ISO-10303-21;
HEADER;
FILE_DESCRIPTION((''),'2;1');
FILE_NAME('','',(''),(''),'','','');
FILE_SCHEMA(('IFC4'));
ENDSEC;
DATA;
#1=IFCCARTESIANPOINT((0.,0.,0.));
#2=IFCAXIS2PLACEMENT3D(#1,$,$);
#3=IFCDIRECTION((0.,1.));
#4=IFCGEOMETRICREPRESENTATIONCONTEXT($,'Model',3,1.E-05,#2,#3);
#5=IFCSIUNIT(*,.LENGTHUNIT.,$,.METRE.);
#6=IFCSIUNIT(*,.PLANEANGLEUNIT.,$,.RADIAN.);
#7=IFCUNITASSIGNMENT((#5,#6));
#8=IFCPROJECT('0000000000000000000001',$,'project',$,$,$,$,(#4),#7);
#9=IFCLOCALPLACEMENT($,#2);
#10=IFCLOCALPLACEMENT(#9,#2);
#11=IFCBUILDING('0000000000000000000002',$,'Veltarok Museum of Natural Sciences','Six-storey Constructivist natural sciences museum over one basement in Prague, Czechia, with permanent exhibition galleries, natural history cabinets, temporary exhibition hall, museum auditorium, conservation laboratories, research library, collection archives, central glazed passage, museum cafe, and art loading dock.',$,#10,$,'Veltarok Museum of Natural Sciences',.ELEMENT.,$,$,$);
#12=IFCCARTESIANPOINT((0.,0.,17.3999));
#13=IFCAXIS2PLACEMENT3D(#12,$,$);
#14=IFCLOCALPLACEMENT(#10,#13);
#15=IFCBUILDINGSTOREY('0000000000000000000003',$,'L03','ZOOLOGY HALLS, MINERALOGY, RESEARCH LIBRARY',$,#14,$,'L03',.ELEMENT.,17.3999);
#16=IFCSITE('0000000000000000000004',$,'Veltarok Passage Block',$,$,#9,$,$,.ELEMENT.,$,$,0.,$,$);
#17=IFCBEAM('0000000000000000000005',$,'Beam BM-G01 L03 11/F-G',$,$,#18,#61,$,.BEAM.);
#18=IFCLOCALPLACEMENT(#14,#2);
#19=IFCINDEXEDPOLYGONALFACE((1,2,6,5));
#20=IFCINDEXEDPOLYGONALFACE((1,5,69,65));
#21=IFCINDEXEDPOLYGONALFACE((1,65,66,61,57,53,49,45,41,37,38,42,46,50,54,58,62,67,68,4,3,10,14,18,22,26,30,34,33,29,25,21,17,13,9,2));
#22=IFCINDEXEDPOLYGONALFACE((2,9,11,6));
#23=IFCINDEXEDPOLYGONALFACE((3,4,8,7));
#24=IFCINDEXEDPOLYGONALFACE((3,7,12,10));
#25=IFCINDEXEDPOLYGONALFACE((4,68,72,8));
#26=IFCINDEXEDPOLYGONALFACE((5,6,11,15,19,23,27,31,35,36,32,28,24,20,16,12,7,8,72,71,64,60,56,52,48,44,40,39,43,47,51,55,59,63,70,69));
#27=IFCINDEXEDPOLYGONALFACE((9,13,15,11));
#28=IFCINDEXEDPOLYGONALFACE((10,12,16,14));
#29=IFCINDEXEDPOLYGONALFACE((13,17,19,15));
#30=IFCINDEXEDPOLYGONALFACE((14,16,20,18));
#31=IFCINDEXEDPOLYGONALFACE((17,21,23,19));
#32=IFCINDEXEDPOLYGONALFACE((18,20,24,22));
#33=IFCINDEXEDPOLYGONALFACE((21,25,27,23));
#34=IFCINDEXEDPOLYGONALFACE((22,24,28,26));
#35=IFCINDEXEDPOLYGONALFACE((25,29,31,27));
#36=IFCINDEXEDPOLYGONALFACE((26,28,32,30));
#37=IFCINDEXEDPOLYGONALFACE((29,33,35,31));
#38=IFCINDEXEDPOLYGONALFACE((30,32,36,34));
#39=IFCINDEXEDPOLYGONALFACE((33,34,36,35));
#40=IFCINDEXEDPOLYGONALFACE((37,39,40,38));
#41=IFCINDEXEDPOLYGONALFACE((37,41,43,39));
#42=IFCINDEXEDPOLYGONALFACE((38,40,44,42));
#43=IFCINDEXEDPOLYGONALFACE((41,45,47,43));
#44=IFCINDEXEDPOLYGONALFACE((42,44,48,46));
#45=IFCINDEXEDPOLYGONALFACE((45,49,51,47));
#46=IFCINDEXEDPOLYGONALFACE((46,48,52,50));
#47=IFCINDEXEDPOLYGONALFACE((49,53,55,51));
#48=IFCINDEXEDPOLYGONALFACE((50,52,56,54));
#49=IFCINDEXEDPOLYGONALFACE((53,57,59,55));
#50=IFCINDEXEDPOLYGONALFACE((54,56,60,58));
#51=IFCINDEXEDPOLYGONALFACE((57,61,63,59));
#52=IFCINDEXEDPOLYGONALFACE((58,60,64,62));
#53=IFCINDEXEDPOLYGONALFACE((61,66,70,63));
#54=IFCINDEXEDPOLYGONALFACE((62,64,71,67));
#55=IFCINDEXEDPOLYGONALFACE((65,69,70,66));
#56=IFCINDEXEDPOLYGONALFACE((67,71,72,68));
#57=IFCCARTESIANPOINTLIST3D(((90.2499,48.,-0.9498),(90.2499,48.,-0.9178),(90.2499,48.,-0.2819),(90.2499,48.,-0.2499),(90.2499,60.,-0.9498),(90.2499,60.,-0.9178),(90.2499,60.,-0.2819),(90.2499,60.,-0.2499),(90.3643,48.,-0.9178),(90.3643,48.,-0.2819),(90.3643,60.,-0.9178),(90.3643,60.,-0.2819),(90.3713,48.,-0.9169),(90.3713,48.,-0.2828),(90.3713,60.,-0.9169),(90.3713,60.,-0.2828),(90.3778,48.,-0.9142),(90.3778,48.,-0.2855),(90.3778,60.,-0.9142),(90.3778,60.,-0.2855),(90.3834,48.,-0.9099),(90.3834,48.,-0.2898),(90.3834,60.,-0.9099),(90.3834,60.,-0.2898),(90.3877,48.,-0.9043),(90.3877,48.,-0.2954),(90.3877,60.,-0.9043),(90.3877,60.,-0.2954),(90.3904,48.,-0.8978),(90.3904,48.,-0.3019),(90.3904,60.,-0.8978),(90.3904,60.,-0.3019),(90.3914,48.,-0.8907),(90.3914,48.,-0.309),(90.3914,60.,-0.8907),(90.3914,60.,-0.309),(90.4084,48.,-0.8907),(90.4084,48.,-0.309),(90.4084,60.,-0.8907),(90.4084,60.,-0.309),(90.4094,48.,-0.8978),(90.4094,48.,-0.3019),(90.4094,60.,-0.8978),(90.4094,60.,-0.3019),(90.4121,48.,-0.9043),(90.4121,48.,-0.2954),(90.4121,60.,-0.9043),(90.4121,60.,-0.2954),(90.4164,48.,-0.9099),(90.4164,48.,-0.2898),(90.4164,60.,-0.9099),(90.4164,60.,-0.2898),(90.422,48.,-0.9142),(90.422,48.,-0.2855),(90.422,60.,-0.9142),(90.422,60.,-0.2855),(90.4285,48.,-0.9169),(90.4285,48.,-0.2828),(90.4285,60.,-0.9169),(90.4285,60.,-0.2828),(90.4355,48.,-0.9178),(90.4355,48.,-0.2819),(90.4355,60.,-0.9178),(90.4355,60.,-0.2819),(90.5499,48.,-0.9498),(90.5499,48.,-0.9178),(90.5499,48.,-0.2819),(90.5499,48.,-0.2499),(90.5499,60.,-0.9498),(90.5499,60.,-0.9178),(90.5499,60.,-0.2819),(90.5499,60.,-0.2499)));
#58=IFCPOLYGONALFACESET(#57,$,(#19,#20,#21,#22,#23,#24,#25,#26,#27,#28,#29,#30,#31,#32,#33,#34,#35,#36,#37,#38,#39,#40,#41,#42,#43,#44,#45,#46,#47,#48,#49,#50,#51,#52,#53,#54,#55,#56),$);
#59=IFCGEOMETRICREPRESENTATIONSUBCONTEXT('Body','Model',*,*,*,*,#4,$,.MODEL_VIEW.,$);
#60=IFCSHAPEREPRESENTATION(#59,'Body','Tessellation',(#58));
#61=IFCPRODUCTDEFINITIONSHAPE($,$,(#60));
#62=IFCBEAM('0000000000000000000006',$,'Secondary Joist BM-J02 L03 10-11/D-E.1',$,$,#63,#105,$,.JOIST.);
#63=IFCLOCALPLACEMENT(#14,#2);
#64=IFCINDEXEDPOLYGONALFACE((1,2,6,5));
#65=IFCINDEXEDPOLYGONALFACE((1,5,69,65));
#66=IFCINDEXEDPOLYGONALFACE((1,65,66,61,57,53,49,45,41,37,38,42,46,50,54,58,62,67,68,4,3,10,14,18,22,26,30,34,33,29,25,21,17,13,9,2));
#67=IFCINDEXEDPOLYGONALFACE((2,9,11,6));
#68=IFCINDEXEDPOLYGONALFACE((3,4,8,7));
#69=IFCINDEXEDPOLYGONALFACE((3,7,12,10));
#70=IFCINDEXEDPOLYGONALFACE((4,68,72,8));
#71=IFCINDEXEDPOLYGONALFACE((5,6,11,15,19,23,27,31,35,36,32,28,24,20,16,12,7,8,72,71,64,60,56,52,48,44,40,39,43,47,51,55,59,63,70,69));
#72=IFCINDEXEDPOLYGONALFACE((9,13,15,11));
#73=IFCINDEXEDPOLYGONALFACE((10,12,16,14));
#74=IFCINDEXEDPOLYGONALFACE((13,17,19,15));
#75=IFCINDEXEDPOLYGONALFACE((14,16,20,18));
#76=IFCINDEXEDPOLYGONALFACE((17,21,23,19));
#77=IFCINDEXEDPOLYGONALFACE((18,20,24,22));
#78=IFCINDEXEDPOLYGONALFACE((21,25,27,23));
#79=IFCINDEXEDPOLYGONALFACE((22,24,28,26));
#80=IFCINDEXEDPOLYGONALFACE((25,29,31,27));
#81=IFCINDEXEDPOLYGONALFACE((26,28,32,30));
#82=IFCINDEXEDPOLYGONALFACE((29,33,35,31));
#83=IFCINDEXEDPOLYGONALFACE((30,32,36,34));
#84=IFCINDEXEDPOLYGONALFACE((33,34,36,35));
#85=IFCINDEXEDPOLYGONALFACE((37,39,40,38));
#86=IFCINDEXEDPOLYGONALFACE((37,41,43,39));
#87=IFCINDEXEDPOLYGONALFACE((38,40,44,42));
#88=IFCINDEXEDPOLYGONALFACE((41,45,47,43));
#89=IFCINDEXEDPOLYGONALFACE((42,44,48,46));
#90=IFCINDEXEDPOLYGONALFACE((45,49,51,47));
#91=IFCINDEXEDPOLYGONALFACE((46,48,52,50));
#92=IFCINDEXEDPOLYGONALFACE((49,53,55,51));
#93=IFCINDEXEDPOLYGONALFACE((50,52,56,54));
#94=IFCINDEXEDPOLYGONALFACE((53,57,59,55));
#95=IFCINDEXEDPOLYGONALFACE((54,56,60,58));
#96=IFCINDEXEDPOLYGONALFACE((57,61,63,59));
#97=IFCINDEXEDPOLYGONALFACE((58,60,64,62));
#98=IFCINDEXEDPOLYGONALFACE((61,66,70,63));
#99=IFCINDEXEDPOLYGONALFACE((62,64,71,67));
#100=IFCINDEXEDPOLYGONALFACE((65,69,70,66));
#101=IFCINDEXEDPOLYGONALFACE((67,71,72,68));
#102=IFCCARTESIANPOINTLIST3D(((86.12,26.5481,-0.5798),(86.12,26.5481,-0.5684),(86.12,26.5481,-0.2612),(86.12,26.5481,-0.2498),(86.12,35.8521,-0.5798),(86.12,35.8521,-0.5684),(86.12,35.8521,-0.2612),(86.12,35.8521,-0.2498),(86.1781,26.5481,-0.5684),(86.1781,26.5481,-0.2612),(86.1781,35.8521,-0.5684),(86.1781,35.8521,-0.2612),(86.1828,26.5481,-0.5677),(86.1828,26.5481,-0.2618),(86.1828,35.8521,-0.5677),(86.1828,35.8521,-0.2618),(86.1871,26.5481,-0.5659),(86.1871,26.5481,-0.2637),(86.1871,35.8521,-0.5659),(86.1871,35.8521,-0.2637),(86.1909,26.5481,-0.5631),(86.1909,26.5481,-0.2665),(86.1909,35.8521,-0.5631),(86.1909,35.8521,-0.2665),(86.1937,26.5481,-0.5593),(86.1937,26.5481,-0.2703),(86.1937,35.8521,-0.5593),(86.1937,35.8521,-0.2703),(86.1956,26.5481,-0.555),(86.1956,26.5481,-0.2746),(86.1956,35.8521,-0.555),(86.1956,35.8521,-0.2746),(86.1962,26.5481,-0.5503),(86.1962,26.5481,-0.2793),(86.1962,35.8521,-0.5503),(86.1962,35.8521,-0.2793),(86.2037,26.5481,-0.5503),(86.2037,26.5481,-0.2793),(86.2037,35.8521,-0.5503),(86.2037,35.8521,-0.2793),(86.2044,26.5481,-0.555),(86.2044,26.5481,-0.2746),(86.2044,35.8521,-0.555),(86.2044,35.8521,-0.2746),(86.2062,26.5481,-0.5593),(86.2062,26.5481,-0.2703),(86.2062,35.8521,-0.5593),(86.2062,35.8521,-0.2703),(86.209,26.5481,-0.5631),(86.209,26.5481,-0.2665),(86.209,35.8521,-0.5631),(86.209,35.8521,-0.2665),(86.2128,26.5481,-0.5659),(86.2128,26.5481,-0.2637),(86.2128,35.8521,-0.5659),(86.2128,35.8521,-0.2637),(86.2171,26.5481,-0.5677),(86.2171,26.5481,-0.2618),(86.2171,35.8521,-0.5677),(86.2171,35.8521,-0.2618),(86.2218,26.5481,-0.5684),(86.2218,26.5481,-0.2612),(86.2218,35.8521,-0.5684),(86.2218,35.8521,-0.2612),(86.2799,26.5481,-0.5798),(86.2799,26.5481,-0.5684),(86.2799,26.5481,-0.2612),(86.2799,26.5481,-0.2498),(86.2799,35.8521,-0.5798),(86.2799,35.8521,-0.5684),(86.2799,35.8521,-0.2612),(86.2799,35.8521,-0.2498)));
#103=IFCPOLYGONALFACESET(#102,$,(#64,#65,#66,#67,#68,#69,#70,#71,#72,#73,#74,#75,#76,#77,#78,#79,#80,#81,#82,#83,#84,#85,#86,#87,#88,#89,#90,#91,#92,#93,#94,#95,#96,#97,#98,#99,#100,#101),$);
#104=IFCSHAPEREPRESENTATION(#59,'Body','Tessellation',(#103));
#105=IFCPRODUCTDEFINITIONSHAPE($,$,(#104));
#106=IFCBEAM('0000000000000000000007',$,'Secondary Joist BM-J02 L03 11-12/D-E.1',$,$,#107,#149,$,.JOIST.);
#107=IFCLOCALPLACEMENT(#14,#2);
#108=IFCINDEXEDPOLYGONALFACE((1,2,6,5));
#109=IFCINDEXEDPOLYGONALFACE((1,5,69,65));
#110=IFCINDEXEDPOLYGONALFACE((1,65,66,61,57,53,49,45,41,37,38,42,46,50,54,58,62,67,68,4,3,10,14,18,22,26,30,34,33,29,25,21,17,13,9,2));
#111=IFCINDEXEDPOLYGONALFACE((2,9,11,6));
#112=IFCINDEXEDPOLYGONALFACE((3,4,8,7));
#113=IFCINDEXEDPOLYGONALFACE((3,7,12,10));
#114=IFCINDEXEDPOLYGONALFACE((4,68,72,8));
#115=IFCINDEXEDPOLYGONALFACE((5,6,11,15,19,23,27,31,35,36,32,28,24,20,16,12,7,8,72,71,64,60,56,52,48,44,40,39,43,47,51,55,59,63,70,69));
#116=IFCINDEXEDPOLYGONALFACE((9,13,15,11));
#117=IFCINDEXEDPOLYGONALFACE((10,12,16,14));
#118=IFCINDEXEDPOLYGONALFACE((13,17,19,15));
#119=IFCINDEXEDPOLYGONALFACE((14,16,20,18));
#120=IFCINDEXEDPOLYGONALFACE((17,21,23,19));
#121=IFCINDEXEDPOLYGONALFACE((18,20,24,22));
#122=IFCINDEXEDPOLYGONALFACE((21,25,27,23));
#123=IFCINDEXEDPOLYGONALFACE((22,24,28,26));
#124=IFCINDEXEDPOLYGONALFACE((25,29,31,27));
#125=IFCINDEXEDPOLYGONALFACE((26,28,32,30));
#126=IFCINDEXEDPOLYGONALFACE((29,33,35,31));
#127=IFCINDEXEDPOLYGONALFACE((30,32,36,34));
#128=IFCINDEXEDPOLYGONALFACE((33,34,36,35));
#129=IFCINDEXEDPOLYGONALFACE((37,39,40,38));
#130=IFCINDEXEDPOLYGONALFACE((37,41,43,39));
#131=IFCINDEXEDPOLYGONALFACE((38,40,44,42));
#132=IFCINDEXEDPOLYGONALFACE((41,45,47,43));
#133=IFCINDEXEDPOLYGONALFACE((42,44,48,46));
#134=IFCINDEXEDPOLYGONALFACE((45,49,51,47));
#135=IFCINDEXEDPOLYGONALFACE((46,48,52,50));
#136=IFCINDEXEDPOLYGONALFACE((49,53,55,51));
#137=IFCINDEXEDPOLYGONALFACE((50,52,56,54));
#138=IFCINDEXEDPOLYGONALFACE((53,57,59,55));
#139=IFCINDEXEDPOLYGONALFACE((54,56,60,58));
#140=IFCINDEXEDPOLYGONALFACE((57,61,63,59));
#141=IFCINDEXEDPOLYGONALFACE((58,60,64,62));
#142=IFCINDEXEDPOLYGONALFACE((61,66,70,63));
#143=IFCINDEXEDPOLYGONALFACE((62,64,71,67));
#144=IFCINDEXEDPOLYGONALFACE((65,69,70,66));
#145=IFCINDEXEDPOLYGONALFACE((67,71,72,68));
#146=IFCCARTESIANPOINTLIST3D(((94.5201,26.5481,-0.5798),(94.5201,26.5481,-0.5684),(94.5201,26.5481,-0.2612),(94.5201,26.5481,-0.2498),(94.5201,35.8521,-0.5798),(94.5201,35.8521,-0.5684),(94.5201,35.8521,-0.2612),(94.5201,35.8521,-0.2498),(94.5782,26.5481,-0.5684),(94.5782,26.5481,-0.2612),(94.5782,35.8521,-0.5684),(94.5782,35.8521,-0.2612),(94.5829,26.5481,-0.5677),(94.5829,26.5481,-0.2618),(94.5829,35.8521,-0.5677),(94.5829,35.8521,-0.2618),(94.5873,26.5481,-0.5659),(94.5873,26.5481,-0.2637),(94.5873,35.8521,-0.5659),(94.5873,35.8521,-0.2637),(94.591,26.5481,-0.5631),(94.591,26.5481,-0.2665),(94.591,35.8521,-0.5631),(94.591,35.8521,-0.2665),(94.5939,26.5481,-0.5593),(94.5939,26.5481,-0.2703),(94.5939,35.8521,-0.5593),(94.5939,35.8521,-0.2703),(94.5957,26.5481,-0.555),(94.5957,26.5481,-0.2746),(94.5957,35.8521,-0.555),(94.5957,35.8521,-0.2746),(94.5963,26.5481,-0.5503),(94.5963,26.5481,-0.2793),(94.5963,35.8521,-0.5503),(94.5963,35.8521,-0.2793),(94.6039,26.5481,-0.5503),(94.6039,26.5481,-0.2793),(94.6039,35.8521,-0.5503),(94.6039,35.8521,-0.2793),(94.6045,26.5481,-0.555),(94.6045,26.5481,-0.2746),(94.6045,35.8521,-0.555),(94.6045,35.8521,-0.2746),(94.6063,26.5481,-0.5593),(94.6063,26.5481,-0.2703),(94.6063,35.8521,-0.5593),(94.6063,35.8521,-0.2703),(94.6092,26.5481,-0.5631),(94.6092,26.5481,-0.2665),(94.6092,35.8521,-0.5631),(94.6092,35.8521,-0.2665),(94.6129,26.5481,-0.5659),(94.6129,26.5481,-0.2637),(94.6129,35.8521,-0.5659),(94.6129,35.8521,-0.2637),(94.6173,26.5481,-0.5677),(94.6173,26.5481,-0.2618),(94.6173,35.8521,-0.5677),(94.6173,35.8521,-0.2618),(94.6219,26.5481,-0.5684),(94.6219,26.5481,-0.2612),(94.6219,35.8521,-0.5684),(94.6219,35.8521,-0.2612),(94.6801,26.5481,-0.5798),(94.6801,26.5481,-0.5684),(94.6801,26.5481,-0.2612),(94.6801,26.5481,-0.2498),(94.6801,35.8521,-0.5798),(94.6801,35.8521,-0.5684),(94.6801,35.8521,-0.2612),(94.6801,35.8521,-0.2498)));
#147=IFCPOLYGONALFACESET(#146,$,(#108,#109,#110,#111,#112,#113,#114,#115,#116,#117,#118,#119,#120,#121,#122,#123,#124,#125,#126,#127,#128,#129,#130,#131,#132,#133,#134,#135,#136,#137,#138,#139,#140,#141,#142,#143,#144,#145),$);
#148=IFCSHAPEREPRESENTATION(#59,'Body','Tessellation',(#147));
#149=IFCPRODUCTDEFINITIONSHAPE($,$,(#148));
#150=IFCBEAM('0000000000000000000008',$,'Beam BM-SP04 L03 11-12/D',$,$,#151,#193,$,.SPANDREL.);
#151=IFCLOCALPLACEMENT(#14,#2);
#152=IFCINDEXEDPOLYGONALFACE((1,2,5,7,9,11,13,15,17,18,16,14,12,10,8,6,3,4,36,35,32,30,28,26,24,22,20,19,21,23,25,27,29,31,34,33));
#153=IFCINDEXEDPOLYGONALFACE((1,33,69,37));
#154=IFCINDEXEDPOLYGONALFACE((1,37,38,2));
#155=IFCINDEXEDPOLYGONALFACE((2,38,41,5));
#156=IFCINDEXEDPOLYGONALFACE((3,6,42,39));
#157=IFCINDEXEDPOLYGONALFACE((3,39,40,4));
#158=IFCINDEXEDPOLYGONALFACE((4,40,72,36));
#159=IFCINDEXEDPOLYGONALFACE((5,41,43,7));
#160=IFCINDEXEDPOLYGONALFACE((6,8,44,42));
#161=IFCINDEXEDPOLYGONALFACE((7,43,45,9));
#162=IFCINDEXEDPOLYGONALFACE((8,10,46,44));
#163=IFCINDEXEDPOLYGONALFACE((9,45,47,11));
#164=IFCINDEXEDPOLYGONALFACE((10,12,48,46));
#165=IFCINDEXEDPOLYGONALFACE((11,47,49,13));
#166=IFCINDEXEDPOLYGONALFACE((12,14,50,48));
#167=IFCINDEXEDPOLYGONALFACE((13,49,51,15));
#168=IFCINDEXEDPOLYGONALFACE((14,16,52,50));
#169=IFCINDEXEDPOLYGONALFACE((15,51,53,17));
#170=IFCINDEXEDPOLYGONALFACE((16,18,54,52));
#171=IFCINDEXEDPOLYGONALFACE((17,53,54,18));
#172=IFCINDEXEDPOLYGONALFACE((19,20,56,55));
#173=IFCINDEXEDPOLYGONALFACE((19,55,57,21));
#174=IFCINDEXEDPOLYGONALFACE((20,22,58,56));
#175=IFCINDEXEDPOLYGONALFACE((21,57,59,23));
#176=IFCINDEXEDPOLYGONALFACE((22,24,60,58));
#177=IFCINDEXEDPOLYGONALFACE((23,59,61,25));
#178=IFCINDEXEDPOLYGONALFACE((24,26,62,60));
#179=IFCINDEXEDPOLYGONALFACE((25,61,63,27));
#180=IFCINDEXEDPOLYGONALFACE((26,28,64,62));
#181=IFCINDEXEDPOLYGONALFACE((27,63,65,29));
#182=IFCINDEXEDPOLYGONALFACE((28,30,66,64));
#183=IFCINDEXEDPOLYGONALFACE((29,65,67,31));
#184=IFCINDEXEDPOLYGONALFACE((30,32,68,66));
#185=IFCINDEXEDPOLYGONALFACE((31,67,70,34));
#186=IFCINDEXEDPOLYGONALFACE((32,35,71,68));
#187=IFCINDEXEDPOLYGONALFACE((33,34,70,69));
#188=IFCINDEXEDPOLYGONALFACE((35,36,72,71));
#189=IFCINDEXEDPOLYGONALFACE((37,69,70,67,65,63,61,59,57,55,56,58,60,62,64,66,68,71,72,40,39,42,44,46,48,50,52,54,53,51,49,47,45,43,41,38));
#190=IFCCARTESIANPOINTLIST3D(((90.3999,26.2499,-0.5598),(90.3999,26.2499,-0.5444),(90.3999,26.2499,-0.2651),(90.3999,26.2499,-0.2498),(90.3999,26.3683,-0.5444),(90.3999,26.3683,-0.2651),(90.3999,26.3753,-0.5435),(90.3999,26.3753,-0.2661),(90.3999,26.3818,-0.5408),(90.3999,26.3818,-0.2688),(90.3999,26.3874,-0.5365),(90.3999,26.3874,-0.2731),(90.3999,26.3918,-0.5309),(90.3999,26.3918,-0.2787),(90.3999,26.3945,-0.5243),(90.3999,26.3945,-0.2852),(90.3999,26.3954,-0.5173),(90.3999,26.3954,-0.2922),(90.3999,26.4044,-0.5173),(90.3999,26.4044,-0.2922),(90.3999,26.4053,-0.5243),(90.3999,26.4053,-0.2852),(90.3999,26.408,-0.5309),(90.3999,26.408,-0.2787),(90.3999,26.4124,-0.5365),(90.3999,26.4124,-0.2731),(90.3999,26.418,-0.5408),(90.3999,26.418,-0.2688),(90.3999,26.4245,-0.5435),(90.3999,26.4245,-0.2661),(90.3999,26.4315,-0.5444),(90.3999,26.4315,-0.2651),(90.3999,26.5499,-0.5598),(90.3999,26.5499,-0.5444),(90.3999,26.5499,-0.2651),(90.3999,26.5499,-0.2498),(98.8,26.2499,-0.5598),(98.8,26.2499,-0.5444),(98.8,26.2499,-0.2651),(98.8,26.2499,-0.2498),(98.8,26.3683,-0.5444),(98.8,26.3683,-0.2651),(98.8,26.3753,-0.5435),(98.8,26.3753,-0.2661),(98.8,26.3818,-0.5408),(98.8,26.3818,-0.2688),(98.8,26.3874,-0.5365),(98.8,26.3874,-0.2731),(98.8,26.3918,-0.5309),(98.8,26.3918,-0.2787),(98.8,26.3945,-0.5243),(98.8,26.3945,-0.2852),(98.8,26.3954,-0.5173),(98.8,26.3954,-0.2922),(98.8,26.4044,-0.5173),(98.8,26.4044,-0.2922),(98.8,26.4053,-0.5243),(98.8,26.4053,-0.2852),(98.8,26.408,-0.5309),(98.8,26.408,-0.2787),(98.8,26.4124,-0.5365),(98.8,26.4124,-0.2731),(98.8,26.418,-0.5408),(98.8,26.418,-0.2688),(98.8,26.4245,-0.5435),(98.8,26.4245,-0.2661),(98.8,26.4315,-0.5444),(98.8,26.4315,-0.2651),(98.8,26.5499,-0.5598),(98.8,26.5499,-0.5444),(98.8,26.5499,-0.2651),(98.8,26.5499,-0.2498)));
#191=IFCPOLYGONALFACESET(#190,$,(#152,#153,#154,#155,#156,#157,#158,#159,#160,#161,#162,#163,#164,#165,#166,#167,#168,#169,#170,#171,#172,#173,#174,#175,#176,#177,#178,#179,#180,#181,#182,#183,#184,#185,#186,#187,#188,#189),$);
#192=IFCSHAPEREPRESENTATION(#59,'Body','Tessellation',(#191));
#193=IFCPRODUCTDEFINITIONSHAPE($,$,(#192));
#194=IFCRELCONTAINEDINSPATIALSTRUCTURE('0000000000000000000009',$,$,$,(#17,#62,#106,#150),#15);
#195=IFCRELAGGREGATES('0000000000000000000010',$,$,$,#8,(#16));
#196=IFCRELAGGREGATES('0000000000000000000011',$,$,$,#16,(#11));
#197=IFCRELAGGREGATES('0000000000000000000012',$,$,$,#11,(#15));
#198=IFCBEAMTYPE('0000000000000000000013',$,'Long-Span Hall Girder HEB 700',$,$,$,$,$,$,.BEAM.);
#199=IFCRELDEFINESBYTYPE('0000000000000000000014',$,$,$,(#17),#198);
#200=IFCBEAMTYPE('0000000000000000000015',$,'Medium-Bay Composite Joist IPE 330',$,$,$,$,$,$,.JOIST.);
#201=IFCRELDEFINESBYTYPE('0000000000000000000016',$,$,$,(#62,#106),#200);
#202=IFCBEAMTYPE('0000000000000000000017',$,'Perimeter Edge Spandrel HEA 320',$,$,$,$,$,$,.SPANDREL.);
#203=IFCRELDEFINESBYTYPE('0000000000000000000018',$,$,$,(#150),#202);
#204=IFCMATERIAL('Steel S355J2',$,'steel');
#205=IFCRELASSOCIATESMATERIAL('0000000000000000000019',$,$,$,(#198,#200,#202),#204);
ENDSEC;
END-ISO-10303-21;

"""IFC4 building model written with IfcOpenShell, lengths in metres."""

from ifc_helpers import new_model, si_unit, direction, frame, origin, origin_2d, place, context, subcontext, project, spatial, i_section, extrude, material, material_profile, profile_set, type_object, element, save


model = new_model("IFC4")

# Units and contexts
model_context = context("Model", 3, precision=1e-05, world=origin(), true_north=direction((0.0, 1.0)))
body_context = subcontext(model_context, "Body", "Model", "MODEL_VIEW")
ifc_project = project(units=[si_unit("LENGTHUNIT", "METRE"), si_unit("PLANEANGLEUNIT", "RADIAN")], contexts=[model_context])

# Site, building, storey
site_placement = place(None, origin())
site = spatial("IfcSite", under=ifc_project, at=site_placement, Name="Veltarok Passage Block", CompositionType="ELEMENT", RefElevation=0.0)
building_placement = place(site_placement, origin())
building = spatial("IfcBuilding", under=site, at=building_placement, Name="Veltarok Museum of Natural Sciences", Description="Six-storey Constructivist natural sciences museum over one basement in Prague, Czechia, with permanent exhibition galleries, natural history cabinets, temporary exhibition hall, museum auditorium, conservation laboratories, research library, collection archives, central glazed passage, museum cafe, and art loading dock.", LongName="Veltarok Museum of Natural Sciences", CompositionType="ELEMENT")
storey_placement = place(building_placement, frame((0.0, 0.0, 17.3999)))
storey = spatial("IfcBuildingStorey", under=building, at=storey_placement, Name="L03", Description="ZOOLOGY HALLS, MINERALOGY, RESEARCH LIBRARY", LongName="L03", CompositionType="ELEMENT", Elevation=17.3999)

# Shared definitions
ifc_material_1 = material(Name="Steel S355J2", Category="steel")

# Beams
ifc_material_profile_1 = material_profile(ifc_material_1, i_section(OverallWidth=0.3, OverallDepth=0.7, WebThickness=0.0171, FlangeThickness=0.032, FilletRadius=0.0271, at=origin_2d()), Name="HEB 700")
ifc_profile_set_1 = profile_set([ifc_material_profile_1], Name="Steel S355J2")
beam_type_1 = type_object("IfcBeamType", Name="Long-Span Hall Girder HEB 700", PredefinedType="BEAM", material=ifc_profile_set_1)
for number, where, z_axis, x_axis, name in (
    (1, (90.3999, 48.0, -0.5999), (0.0, 1.0, 0.0), (-1.0, 0.0, 0.0), "Beam BM-G01 L03 11/F-G"),
):
    element("IfcBeam", number, at=place(storey_placement, frame(where, z_axis=z_axis, x_axis=x_axis)), inside=storey, type_object=beam_type_1, Name=name, PredefinedType="BEAM", context=body_context, shape_type="SweptSolid", body=[
        extrude(i_section(OverallWidth=0.3, OverallDepth=0.7, WebThickness=0.0171, FlangeThickness=0.032, FilletRadius=0.0271, at=origin_2d()), origin(), (0.0, 0.0, 1.0), 12.0),
    ])
ifc_material_profile_2 = material_profile(ifc_material_1, i_section(OverallWidth=0.1599, OverallDepth=0.3301, WebThickness=0.0076, FlangeThickness=0.0115, FilletRadius=0.0181, at=origin_2d()), Name="IPE 330")
ifc_profile_set_2 = profile_set([ifc_material_profile_2], Name="Steel S355J2")
beam_type_2 = type_object("IfcBeamType", Name="Medium-Bay Composite Joist IPE 330", PredefinedType="JOIST", material=ifc_profile_set_2)
for number, where, z_axis, x_axis, name in (
    (2, (86.2, 26.5481, -0.4148), (0.0, 1.0, 0.0), (-1.0, 0.0, 0.0), "Secondary Joist BM-J02 L03 10-11/D-E.1"),
    (3, (94.6001, 26.5481, -0.4148), (0.0, 1.0, 0.0), (-1.0, 0.0, 0.0), "Secondary Joist BM-J02 L03 11-12/D-E.1"),
):
    element("IfcBeam", number, at=place(storey_placement, frame(where, z_axis=z_axis, x_axis=x_axis)), inside=storey, type_object=beam_type_2, Name=name, PredefinedType="JOIST", context=body_context, shape_type="SweptSolid", body=[
        extrude(i_section(OverallWidth=0.1599, OverallDepth=0.3301, WebThickness=0.0076, FlangeThickness=0.0115, FilletRadius=0.0181, at=origin_2d()), origin(), (0.0, 0.0, 1.0), 9.304),
    ])
ifc_material_profile_3 = material_profile(ifc_material_1, i_section(OverallWidth=0.3, OverallDepth=0.3101, WebThickness=0.009, FlangeThickness=0.0154, FilletRadius=0.0271, at=origin_2d()), Name="HEA 320")
ifc_profile_set_3 = profile_set([ifc_material_profile_3], Name="Steel S355J2")
beam_type_3 = type_object("IfcBeamType", Name="Perimeter Edge Spandrel HEA 320", PredefinedType="SPANDREL", material=ifc_profile_set_3)
for number, where, z_axis, x_axis, name in (
    (4, (90.3999, 26.3999, -0.4048), (1.0, 0.0, 0.0), (0.0, 1.0, 0.0), "Beam BM-SP04 L03 11-12/D"),
):
    element("IfcBeam", number, at=place(storey_placement, frame(where, z_axis=z_axis, x_axis=x_axis)), inside=storey, type_object=beam_type_3, Name=name, PredefinedType="SPANDREL", context=body_context, shape_type="SweptSolid", body=[
        extrude(i_section(OverallWidth=0.3, OverallDepth=0.3101, WebThickness=0.009, FlangeThickness=0.0154, FilletRadius=0.0271, at=origin_2d()), origin(), (0.0, 0.0, 1.0), 8.4001),
    ])

save(model, "model.ifc")
